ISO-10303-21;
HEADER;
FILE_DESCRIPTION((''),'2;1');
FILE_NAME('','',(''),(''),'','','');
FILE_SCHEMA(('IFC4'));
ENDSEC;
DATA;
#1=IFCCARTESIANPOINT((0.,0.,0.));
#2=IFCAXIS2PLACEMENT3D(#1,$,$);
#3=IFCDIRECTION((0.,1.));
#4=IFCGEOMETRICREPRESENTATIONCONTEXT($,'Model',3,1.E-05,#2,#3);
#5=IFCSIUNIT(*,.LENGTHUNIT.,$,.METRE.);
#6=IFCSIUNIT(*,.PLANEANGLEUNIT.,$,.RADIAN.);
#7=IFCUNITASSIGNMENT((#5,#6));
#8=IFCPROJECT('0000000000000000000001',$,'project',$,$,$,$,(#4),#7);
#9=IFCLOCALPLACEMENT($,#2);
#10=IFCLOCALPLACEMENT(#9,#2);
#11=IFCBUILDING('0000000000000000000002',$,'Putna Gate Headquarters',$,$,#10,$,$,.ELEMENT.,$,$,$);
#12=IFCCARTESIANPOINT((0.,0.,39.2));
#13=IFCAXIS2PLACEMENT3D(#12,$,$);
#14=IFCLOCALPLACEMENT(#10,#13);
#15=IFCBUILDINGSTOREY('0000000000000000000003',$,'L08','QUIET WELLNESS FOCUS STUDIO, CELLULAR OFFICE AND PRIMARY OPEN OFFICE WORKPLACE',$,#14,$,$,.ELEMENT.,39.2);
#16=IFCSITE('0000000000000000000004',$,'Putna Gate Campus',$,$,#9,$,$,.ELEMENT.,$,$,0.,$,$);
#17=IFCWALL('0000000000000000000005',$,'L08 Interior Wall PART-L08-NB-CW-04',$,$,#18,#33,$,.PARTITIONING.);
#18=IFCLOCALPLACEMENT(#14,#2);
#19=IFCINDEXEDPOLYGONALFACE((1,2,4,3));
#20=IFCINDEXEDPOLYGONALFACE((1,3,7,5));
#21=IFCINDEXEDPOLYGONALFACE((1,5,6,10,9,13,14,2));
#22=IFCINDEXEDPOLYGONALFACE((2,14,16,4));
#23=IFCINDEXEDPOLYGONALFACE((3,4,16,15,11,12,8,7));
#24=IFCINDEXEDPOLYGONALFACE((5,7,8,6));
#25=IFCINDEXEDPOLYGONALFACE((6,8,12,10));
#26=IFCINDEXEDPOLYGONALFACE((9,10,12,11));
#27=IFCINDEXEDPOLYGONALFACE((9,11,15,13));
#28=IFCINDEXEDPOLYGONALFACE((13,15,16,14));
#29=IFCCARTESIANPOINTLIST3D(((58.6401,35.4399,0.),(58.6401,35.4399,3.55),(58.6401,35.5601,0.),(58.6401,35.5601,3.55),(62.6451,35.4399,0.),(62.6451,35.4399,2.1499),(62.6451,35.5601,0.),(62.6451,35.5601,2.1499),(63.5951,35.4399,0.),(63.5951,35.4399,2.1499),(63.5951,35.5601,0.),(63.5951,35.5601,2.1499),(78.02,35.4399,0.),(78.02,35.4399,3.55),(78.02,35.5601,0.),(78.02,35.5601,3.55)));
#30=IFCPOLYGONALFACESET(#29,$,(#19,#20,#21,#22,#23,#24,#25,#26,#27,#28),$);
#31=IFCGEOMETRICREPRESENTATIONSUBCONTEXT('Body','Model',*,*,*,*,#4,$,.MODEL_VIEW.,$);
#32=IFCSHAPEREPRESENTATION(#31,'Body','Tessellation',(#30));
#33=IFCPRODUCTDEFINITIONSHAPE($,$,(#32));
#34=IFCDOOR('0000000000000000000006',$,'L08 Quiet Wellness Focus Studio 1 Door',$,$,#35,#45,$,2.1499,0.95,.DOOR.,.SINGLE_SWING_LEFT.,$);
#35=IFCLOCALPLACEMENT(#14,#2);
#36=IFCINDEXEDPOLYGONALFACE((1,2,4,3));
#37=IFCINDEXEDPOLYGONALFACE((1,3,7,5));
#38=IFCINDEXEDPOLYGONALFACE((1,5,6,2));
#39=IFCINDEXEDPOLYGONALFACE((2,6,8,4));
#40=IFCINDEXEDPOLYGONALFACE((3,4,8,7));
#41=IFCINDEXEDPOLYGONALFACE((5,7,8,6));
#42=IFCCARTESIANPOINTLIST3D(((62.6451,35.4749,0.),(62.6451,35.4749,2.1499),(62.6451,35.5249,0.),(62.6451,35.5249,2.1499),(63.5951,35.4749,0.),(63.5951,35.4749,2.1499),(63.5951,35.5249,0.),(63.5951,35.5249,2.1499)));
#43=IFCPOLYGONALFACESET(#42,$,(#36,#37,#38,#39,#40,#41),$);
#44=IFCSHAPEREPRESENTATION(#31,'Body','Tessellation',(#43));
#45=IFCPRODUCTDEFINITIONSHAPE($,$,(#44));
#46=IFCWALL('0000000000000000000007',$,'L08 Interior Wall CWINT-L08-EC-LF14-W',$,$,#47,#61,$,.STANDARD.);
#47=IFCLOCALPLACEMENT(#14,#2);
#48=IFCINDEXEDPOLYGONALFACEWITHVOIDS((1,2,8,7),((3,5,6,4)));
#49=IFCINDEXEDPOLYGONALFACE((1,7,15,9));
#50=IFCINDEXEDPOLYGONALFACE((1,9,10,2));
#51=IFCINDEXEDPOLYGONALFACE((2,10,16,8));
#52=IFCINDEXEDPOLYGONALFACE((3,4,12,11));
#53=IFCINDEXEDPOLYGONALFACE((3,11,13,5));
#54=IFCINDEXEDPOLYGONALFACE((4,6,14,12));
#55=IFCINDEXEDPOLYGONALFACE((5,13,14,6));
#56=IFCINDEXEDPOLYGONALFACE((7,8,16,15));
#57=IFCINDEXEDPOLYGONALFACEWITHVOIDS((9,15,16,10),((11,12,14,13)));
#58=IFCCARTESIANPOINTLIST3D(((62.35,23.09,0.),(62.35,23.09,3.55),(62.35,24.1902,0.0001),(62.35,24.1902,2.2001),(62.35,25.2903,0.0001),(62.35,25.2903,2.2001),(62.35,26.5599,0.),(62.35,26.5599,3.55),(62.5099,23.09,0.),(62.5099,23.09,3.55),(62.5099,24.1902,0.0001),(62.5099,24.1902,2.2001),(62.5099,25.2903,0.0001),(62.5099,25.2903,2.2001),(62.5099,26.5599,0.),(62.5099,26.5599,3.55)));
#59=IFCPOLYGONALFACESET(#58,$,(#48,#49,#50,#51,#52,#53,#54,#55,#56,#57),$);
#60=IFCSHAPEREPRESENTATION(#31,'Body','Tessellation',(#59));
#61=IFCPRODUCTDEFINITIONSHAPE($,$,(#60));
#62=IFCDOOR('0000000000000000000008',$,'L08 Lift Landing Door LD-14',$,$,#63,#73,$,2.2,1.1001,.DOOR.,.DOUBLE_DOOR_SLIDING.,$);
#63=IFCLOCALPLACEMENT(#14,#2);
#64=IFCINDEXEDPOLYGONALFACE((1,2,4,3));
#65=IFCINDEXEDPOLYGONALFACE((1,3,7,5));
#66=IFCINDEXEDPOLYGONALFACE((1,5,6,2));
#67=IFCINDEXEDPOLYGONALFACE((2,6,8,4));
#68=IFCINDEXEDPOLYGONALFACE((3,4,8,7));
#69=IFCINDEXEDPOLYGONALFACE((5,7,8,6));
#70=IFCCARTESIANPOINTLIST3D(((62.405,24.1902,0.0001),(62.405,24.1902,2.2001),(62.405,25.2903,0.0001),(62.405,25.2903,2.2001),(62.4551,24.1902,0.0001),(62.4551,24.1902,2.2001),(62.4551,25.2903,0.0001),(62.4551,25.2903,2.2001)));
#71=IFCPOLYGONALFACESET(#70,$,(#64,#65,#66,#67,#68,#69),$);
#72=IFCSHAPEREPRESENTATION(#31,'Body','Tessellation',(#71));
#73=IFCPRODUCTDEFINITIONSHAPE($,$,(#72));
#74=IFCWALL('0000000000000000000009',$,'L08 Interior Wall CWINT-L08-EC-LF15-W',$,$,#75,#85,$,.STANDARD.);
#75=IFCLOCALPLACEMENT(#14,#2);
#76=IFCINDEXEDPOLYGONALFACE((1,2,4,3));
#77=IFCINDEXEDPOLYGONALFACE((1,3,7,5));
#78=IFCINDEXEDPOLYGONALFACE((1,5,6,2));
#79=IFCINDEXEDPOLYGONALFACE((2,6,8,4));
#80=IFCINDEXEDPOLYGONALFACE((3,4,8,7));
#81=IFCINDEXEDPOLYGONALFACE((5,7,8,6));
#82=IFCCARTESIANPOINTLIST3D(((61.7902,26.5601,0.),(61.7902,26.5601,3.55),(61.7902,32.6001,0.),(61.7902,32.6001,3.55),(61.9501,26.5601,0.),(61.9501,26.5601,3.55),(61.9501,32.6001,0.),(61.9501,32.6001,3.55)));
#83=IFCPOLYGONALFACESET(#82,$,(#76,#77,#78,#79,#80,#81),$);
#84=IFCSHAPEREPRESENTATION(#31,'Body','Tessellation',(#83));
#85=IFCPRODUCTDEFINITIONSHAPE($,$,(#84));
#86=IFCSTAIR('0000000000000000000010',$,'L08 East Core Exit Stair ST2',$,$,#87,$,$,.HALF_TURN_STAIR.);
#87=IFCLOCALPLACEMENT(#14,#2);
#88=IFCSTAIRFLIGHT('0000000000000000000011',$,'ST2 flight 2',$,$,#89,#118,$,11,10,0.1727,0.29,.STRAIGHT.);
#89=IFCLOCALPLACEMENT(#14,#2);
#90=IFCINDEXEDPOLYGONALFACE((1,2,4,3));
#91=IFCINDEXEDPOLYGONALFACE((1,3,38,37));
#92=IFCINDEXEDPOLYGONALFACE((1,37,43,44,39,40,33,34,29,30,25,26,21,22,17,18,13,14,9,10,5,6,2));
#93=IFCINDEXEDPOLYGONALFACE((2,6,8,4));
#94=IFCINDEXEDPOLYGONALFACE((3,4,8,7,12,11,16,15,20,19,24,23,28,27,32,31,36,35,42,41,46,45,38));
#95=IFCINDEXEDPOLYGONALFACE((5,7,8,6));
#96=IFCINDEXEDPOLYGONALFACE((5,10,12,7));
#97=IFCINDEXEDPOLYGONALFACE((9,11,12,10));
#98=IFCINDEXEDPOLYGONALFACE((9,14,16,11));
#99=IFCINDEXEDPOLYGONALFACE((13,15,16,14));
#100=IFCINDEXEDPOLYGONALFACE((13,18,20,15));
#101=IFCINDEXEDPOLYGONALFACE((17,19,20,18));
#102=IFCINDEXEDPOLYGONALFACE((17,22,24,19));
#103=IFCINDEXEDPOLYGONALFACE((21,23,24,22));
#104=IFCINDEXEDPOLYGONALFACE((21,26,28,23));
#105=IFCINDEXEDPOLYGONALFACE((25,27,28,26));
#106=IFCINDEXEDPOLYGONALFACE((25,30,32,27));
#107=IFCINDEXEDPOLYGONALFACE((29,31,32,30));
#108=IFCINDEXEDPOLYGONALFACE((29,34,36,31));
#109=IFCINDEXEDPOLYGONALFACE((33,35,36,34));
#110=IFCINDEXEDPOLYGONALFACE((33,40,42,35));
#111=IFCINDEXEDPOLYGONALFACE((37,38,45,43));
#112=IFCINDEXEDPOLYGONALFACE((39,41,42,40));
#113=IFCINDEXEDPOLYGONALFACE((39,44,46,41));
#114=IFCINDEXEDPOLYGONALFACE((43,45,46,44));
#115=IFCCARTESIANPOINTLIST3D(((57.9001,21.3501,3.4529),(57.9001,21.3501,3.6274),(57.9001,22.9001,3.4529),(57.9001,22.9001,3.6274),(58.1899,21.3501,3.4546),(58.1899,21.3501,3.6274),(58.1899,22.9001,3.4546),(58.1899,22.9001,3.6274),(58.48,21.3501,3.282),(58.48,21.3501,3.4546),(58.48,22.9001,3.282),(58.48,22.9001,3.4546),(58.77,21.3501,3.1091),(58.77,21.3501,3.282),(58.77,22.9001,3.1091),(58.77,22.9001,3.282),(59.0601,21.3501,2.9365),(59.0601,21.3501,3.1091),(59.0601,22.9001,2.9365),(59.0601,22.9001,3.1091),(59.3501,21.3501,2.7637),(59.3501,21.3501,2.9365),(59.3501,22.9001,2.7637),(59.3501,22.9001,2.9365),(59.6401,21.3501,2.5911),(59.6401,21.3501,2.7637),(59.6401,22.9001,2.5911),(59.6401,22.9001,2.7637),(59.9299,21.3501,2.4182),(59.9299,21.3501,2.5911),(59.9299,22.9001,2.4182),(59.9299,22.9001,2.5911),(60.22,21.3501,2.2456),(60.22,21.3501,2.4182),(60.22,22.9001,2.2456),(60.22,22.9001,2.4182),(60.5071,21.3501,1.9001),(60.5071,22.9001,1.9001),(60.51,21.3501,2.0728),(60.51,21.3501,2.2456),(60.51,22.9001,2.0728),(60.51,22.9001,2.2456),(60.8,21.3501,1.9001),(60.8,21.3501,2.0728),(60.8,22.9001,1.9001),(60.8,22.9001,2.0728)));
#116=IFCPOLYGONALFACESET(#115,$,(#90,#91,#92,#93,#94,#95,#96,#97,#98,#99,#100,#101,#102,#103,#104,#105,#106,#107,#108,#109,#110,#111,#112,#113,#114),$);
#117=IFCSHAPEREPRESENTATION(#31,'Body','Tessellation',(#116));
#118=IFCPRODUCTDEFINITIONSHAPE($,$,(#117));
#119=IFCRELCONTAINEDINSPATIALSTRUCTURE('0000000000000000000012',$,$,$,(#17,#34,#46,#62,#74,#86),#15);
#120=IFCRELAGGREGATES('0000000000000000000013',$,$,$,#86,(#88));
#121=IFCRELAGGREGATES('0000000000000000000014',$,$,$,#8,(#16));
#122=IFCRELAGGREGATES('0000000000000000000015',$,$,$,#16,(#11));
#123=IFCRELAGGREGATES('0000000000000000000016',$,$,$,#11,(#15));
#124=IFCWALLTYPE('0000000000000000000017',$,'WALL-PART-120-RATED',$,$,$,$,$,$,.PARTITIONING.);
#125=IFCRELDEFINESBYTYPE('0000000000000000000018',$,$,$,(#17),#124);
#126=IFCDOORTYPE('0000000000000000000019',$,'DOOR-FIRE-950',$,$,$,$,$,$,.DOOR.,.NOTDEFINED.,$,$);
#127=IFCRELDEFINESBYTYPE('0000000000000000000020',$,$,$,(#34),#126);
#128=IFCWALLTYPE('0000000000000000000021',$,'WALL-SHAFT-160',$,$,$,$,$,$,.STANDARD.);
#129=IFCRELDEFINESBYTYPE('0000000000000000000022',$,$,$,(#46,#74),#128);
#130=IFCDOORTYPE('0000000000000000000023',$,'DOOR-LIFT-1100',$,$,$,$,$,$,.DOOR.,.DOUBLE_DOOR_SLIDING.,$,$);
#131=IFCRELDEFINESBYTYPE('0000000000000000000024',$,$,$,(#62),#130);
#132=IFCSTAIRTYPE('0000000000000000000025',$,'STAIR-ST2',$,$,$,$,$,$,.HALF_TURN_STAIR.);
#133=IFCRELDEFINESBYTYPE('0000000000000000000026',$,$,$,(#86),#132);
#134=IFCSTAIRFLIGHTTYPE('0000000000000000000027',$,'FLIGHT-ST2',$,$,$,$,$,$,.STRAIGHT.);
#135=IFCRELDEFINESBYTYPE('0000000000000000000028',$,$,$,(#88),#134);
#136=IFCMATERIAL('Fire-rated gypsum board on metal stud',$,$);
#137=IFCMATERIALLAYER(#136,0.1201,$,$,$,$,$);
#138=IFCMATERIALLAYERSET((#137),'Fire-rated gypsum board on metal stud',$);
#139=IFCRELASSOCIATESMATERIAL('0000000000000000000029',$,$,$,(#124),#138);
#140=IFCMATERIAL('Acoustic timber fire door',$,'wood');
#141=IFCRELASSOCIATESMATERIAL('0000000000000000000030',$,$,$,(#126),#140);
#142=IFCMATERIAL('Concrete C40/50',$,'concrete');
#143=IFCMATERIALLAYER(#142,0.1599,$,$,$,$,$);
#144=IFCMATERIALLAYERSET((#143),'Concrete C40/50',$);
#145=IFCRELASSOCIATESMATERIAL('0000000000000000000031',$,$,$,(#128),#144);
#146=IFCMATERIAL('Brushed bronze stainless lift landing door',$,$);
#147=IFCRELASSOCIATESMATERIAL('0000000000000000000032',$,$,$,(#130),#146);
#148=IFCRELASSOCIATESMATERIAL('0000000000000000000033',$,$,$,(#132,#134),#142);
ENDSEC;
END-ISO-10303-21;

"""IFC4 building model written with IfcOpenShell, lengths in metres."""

from ifc_helpers import new_model, si_unit, direction, frame, frame_2d, origin, place, context, subcontext, project, spatial, polyline, rectangle, outline, extrude, material, layer, layer_set, type_object, element, fill, aggregate, save


model = new_model("IFC4")

# Units and contexts
model_context = context("Model", 3, precision=1e-05, world=origin(), true_north=direction((0.0, 1.0)))
body_context = subcontext(model_context, "Body", "Model", "MODEL_VIEW")
ifc_project = project(units=[si_unit("LENGTHUNIT", "METRE"), si_unit("PLANEANGLEUNIT", "RADIAN")], contexts=[model_context])

# Site, building, storey
site_placement = place(None, origin())
site = spatial("IfcSite", under=ifc_project, at=site_placement, Name="Putna Gate Campus", CompositionType="ELEMENT", RefElevation=0.0)
building_placement = place(site_placement, origin())
building = spatial("IfcBuilding", under=site, at=building_placement, Name="Putna Gate Headquarters", CompositionType="ELEMENT")
storey_placement = place(building_placement, frame((0.0, 0.0, 39.2)))
storey = spatial("IfcBuildingStorey", under=building, at=storey_placement, Name="L08", Description="QUIET WELLNESS FOCUS STUDIO, CELLULAR OFFICE AND PRIMARY OPEN OFFICE WORKPLACE", CompositionType="ELEMENT", Elevation=39.2)

# Shared definitions
ifc_material_1 = material(Name="Fire-rated gypsum board on metal stud")
ifc_layer_1 = layer(ifc_material_1, 0.1201)
ifc_layer_set_1 = layer_set([ifc_layer_1], Name="Fire-rated gypsum board on metal stud")
wall_type_1 = type_object("IfcWallType", Name="WALL-PART-120-RATED", PredefinedType="PARTITIONING", material=ifc_layer_set_1)

# Walls, openings, doors
wall_1_placement = place(storey_placement, frame((58.6401, 35.5, 0.0), z_axis=(0.0, 0.0, 1.0), x_axis=(1.0, 0.0, 0.0)))
wall_1 = element("IfcWall", 1, at=wall_1_placement, inside=storey, type_object=wall_type_1, Name="L08 Interior Wall PART-L08-NB-CW-04", PredefinedType="PARTITIONING", context=body_context, shape_type="SweptSolid", body=[
    extrude(rectangle(XDim=19.3799, YDim=0.1201, at=frame_2d((9.6899, 0.0))), origin(), (0.0, 0.0, 1.0), 3.55),
])
opening_1_placement = place(wall_1_placement, frame((4.0049, 0.0, 0.0)))
opening_1 = element("IfcOpeningElement", 2, at=opening_1_placement, cuts=wall_1, PredefinedType="OPENING", context=body_context, shape_type="SweptSolid", body=[
    extrude(rectangle(XDim=0.95, YDim=2.1499, at=frame_2d((0.4751, 1.075))), frame((0.0, 0.0701, 0.0), z_axis=(0.0, -1.0, 0.0), x_axis=(1.0, 0.0, 0.0)), (0.0, 0.0, 1.0), 0.1401),
])
ifc_material_2 = material(Name="Acoustic timber fire door", Category="wood")
door_type_1 = type_object("IfcDoorType", Name="DOOR-FIRE-950", OperationType="NOTDEFINED", PredefinedType="DOOR", material=ifc_material_2)
door_1_placement = place(opening_1_placement, origin())
door_1 = element("IfcDoor", 3, at=door_1_placement, inside=storey, type_object=door_type_1, Name="L08 Quiet Wellness Focus Studio 1 Door", OperationType="SINGLE_SWING_LEFT", OverallHeight=2.1499, OverallWidth=0.95, PredefinedType="DOOR", context=body_context, shape_type="SweptSolid", body=[
    extrude(rectangle(XDim=0.95, YDim=2.1499, at=frame_2d((0.4751, 1.075))), frame((0.0, 0.0249, 0.0), z_axis=(0.0, -1.0, 0.0), x_axis=(1.0, 0.0, 0.0)), (0.0, 0.0, 1.0), 0.05),
])
fill(opening_1, door_1)
ifc_material_3 = material(Name="Concrete C40/50", Category="concrete")
ifc_layer_2 = layer(ifc_material_3, 0.1599)
ifc_layer_set_2 = layer_set([ifc_layer_2], Name="Concrete C40/50")
wall_type_2 = type_object("IfcWallType", Name="WALL-SHAFT-160", PredefinedType="STANDARD", material=ifc_layer_set_2)
wall_2_placement = place(storey_placement, frame((62.4299, 23.0901, 0.0), z_axis=(0.0, 0.0, 1.0), x_axis=(0.0, 1.0, 0.0)))
wall_2 = element("IfcWall", 4, at=wall_2_placement, inside=storey, type_object=wall_type_2, Name="L08 Interior Wall CWINT-L08-EC-LF14-W", PredefinedType="STANDARD", context=body_context, shape_type="SweptSolid", body=[
    extrude(rectangle(XDim=3.47, YDim=0.1599, at=frame_2d((1.7349, 0.0))), origin(), (0.0, 0.0, 1.0), 3.55),
])
opening_2_placement = place(wall_2_placement, frame((1.1001, 0.0, 0.0)))
opening_2 = element("IfcOpeningElement", 5, at=opening_2_placement, cuts=wall_2, PredefinedType="OPENING", context=body_context, shape_type="SweptSolid", body=[
    extrude(rectangle(XDim=1.1001, YDim=2.2, at=frame_2d((0.55, 1.1001))), frame((0.0, 0.0898, 0.0), z_axis=(0.0, -1.0, 0.0), x_axis=(1.0, 0.0, 0.0)), (0.0, 0.0, 1.0), 0.1799),
])
ifc_material_4 = material(Name="Brushed bronze stainless lift landing door")
door_type_2 = type_object("IfcDoorType", Name="DOOR-LIFT-1100", OperationType="DOUBLE_DOOR_SLIDING", PredefinedType="DOOR", material=ifc_material_4)
door_2_placement = place(opening_2_placement, origin())
door_2 = element("IfcDoor", 6, at=door_2_placement, inside=storey, type_object=door_type_2, Name="L08 Lift Landing Door LD-14", OperationType="DOUBLE_DOOR_SLIDING", OverallHeight=2.2, OverallWidth=1.1001, PredefinedType="DOOR", context=body_context, shape_type="SweptSolid", body=[
    extrude(rectangle(XDim=1.1001, YDim=2.2, at=frame_2d((0.55, 1.1001))), frame((0.0, 0.0249, 0.0), z_axis=(0.0, -1.0, 0.0), x_axis=(1.0, 0.0, 0.0)), (0.0, 0.0, 1.0), 0.05),
])
fill(opening_2, door_2)

# Wall
wall_3_placement = place(storey_placement, frame((61.8701, 26.5601, 0.0), z_axis=(0.0, 0.0, 1.0), x_axis=(0.0, 1.0, 0.0)))
element("IfcWall", 7, at=wall_3_placement, inside=storey, type_object=wall_type_2, Name="L08 Interior Wall CWINT-L08-EC-LF15-W", PredefinedType="STANDARD", context=body_context, shape_type="SweptSolid", body=[
    extrude(rectangle(XDim=6.04, YDim=0.1599, at=frame_2d((3.02, 0.0))), origin(), (0.0, 0.0, 1.0), 3.55),
])

# Stair, stair flight
stair_type = type_object("IfcStairType", Name="STAIR-ST2", PredefinedType="HALF_TURN_STAIR", material=ifc_material_3)
stair_placement = place(storey_placement, origin())
stair = element("IfcStair", 8, at=stair_placement, inside=storey, type_object=stair_type, Name="L08 East Core Exit Stair ST2", PredefinedType="HALF_TURN_STAIR")
stair_flight_type = type_object("IfcStairFlightType", Name="FLIGHT-ST2", PredefinedType="STRAIGHT", material=ifc_material_3)
stair_flight_placement = place(storey_placement, frame((60.8, 22.125, 1.9001), z_axis=(0.0, 0.0, 1.0), x_axis=(-1.0, 0.0, 0.0)))
stair_flight = element("IfcStairFlight", 9, at=stair_flight_placement, type_object=stair_flight_type, Name="ST2 flight 2", NumberOfRisers=11, NumberOfTreads=10, PredefinedType="STRAIGHT", RiserHeight=0.1727, TreadLength=0.29, context=body_context, shape_type="SweptSolid", body=[
    extrude(outline(polyline([(0.0, 0.0), (0.0, 0.1726), (0.29, 0.1726), (0.29, 0.3455), (0.5801, 0.3455), (0.5801, 0.5181), (0.8701, 0.5181), (0.8701, 0.6909), (1.1599, 0.6909), (1.1599, 0.8635), (1.45, 0.8635), (1.45, 1.0364), (1.74, 1.0364), (1.74, 1.209), (2.03, 1.209), (2.03, 1.3818), (2.3201, 1.3818), (2.3201, 1.5544), (2.6101, 1.5544), (2.6101, 1.7273), (2.8999, 1.7273), (2.8999, 1.8999), (2.8999, 1.5527), (0.293, 0.0), (0.0, 0.0)])), frame((0.0, 0.7749, 0.0), z_axis=(0.0, -1.0, 0.0), x_axis=(1.0, 0.0, 0.0)), (0.0, 0.0, 1.0), 1.55),
])
aggregate(stair, [stair_flight])

save(model, "model.ifc")
